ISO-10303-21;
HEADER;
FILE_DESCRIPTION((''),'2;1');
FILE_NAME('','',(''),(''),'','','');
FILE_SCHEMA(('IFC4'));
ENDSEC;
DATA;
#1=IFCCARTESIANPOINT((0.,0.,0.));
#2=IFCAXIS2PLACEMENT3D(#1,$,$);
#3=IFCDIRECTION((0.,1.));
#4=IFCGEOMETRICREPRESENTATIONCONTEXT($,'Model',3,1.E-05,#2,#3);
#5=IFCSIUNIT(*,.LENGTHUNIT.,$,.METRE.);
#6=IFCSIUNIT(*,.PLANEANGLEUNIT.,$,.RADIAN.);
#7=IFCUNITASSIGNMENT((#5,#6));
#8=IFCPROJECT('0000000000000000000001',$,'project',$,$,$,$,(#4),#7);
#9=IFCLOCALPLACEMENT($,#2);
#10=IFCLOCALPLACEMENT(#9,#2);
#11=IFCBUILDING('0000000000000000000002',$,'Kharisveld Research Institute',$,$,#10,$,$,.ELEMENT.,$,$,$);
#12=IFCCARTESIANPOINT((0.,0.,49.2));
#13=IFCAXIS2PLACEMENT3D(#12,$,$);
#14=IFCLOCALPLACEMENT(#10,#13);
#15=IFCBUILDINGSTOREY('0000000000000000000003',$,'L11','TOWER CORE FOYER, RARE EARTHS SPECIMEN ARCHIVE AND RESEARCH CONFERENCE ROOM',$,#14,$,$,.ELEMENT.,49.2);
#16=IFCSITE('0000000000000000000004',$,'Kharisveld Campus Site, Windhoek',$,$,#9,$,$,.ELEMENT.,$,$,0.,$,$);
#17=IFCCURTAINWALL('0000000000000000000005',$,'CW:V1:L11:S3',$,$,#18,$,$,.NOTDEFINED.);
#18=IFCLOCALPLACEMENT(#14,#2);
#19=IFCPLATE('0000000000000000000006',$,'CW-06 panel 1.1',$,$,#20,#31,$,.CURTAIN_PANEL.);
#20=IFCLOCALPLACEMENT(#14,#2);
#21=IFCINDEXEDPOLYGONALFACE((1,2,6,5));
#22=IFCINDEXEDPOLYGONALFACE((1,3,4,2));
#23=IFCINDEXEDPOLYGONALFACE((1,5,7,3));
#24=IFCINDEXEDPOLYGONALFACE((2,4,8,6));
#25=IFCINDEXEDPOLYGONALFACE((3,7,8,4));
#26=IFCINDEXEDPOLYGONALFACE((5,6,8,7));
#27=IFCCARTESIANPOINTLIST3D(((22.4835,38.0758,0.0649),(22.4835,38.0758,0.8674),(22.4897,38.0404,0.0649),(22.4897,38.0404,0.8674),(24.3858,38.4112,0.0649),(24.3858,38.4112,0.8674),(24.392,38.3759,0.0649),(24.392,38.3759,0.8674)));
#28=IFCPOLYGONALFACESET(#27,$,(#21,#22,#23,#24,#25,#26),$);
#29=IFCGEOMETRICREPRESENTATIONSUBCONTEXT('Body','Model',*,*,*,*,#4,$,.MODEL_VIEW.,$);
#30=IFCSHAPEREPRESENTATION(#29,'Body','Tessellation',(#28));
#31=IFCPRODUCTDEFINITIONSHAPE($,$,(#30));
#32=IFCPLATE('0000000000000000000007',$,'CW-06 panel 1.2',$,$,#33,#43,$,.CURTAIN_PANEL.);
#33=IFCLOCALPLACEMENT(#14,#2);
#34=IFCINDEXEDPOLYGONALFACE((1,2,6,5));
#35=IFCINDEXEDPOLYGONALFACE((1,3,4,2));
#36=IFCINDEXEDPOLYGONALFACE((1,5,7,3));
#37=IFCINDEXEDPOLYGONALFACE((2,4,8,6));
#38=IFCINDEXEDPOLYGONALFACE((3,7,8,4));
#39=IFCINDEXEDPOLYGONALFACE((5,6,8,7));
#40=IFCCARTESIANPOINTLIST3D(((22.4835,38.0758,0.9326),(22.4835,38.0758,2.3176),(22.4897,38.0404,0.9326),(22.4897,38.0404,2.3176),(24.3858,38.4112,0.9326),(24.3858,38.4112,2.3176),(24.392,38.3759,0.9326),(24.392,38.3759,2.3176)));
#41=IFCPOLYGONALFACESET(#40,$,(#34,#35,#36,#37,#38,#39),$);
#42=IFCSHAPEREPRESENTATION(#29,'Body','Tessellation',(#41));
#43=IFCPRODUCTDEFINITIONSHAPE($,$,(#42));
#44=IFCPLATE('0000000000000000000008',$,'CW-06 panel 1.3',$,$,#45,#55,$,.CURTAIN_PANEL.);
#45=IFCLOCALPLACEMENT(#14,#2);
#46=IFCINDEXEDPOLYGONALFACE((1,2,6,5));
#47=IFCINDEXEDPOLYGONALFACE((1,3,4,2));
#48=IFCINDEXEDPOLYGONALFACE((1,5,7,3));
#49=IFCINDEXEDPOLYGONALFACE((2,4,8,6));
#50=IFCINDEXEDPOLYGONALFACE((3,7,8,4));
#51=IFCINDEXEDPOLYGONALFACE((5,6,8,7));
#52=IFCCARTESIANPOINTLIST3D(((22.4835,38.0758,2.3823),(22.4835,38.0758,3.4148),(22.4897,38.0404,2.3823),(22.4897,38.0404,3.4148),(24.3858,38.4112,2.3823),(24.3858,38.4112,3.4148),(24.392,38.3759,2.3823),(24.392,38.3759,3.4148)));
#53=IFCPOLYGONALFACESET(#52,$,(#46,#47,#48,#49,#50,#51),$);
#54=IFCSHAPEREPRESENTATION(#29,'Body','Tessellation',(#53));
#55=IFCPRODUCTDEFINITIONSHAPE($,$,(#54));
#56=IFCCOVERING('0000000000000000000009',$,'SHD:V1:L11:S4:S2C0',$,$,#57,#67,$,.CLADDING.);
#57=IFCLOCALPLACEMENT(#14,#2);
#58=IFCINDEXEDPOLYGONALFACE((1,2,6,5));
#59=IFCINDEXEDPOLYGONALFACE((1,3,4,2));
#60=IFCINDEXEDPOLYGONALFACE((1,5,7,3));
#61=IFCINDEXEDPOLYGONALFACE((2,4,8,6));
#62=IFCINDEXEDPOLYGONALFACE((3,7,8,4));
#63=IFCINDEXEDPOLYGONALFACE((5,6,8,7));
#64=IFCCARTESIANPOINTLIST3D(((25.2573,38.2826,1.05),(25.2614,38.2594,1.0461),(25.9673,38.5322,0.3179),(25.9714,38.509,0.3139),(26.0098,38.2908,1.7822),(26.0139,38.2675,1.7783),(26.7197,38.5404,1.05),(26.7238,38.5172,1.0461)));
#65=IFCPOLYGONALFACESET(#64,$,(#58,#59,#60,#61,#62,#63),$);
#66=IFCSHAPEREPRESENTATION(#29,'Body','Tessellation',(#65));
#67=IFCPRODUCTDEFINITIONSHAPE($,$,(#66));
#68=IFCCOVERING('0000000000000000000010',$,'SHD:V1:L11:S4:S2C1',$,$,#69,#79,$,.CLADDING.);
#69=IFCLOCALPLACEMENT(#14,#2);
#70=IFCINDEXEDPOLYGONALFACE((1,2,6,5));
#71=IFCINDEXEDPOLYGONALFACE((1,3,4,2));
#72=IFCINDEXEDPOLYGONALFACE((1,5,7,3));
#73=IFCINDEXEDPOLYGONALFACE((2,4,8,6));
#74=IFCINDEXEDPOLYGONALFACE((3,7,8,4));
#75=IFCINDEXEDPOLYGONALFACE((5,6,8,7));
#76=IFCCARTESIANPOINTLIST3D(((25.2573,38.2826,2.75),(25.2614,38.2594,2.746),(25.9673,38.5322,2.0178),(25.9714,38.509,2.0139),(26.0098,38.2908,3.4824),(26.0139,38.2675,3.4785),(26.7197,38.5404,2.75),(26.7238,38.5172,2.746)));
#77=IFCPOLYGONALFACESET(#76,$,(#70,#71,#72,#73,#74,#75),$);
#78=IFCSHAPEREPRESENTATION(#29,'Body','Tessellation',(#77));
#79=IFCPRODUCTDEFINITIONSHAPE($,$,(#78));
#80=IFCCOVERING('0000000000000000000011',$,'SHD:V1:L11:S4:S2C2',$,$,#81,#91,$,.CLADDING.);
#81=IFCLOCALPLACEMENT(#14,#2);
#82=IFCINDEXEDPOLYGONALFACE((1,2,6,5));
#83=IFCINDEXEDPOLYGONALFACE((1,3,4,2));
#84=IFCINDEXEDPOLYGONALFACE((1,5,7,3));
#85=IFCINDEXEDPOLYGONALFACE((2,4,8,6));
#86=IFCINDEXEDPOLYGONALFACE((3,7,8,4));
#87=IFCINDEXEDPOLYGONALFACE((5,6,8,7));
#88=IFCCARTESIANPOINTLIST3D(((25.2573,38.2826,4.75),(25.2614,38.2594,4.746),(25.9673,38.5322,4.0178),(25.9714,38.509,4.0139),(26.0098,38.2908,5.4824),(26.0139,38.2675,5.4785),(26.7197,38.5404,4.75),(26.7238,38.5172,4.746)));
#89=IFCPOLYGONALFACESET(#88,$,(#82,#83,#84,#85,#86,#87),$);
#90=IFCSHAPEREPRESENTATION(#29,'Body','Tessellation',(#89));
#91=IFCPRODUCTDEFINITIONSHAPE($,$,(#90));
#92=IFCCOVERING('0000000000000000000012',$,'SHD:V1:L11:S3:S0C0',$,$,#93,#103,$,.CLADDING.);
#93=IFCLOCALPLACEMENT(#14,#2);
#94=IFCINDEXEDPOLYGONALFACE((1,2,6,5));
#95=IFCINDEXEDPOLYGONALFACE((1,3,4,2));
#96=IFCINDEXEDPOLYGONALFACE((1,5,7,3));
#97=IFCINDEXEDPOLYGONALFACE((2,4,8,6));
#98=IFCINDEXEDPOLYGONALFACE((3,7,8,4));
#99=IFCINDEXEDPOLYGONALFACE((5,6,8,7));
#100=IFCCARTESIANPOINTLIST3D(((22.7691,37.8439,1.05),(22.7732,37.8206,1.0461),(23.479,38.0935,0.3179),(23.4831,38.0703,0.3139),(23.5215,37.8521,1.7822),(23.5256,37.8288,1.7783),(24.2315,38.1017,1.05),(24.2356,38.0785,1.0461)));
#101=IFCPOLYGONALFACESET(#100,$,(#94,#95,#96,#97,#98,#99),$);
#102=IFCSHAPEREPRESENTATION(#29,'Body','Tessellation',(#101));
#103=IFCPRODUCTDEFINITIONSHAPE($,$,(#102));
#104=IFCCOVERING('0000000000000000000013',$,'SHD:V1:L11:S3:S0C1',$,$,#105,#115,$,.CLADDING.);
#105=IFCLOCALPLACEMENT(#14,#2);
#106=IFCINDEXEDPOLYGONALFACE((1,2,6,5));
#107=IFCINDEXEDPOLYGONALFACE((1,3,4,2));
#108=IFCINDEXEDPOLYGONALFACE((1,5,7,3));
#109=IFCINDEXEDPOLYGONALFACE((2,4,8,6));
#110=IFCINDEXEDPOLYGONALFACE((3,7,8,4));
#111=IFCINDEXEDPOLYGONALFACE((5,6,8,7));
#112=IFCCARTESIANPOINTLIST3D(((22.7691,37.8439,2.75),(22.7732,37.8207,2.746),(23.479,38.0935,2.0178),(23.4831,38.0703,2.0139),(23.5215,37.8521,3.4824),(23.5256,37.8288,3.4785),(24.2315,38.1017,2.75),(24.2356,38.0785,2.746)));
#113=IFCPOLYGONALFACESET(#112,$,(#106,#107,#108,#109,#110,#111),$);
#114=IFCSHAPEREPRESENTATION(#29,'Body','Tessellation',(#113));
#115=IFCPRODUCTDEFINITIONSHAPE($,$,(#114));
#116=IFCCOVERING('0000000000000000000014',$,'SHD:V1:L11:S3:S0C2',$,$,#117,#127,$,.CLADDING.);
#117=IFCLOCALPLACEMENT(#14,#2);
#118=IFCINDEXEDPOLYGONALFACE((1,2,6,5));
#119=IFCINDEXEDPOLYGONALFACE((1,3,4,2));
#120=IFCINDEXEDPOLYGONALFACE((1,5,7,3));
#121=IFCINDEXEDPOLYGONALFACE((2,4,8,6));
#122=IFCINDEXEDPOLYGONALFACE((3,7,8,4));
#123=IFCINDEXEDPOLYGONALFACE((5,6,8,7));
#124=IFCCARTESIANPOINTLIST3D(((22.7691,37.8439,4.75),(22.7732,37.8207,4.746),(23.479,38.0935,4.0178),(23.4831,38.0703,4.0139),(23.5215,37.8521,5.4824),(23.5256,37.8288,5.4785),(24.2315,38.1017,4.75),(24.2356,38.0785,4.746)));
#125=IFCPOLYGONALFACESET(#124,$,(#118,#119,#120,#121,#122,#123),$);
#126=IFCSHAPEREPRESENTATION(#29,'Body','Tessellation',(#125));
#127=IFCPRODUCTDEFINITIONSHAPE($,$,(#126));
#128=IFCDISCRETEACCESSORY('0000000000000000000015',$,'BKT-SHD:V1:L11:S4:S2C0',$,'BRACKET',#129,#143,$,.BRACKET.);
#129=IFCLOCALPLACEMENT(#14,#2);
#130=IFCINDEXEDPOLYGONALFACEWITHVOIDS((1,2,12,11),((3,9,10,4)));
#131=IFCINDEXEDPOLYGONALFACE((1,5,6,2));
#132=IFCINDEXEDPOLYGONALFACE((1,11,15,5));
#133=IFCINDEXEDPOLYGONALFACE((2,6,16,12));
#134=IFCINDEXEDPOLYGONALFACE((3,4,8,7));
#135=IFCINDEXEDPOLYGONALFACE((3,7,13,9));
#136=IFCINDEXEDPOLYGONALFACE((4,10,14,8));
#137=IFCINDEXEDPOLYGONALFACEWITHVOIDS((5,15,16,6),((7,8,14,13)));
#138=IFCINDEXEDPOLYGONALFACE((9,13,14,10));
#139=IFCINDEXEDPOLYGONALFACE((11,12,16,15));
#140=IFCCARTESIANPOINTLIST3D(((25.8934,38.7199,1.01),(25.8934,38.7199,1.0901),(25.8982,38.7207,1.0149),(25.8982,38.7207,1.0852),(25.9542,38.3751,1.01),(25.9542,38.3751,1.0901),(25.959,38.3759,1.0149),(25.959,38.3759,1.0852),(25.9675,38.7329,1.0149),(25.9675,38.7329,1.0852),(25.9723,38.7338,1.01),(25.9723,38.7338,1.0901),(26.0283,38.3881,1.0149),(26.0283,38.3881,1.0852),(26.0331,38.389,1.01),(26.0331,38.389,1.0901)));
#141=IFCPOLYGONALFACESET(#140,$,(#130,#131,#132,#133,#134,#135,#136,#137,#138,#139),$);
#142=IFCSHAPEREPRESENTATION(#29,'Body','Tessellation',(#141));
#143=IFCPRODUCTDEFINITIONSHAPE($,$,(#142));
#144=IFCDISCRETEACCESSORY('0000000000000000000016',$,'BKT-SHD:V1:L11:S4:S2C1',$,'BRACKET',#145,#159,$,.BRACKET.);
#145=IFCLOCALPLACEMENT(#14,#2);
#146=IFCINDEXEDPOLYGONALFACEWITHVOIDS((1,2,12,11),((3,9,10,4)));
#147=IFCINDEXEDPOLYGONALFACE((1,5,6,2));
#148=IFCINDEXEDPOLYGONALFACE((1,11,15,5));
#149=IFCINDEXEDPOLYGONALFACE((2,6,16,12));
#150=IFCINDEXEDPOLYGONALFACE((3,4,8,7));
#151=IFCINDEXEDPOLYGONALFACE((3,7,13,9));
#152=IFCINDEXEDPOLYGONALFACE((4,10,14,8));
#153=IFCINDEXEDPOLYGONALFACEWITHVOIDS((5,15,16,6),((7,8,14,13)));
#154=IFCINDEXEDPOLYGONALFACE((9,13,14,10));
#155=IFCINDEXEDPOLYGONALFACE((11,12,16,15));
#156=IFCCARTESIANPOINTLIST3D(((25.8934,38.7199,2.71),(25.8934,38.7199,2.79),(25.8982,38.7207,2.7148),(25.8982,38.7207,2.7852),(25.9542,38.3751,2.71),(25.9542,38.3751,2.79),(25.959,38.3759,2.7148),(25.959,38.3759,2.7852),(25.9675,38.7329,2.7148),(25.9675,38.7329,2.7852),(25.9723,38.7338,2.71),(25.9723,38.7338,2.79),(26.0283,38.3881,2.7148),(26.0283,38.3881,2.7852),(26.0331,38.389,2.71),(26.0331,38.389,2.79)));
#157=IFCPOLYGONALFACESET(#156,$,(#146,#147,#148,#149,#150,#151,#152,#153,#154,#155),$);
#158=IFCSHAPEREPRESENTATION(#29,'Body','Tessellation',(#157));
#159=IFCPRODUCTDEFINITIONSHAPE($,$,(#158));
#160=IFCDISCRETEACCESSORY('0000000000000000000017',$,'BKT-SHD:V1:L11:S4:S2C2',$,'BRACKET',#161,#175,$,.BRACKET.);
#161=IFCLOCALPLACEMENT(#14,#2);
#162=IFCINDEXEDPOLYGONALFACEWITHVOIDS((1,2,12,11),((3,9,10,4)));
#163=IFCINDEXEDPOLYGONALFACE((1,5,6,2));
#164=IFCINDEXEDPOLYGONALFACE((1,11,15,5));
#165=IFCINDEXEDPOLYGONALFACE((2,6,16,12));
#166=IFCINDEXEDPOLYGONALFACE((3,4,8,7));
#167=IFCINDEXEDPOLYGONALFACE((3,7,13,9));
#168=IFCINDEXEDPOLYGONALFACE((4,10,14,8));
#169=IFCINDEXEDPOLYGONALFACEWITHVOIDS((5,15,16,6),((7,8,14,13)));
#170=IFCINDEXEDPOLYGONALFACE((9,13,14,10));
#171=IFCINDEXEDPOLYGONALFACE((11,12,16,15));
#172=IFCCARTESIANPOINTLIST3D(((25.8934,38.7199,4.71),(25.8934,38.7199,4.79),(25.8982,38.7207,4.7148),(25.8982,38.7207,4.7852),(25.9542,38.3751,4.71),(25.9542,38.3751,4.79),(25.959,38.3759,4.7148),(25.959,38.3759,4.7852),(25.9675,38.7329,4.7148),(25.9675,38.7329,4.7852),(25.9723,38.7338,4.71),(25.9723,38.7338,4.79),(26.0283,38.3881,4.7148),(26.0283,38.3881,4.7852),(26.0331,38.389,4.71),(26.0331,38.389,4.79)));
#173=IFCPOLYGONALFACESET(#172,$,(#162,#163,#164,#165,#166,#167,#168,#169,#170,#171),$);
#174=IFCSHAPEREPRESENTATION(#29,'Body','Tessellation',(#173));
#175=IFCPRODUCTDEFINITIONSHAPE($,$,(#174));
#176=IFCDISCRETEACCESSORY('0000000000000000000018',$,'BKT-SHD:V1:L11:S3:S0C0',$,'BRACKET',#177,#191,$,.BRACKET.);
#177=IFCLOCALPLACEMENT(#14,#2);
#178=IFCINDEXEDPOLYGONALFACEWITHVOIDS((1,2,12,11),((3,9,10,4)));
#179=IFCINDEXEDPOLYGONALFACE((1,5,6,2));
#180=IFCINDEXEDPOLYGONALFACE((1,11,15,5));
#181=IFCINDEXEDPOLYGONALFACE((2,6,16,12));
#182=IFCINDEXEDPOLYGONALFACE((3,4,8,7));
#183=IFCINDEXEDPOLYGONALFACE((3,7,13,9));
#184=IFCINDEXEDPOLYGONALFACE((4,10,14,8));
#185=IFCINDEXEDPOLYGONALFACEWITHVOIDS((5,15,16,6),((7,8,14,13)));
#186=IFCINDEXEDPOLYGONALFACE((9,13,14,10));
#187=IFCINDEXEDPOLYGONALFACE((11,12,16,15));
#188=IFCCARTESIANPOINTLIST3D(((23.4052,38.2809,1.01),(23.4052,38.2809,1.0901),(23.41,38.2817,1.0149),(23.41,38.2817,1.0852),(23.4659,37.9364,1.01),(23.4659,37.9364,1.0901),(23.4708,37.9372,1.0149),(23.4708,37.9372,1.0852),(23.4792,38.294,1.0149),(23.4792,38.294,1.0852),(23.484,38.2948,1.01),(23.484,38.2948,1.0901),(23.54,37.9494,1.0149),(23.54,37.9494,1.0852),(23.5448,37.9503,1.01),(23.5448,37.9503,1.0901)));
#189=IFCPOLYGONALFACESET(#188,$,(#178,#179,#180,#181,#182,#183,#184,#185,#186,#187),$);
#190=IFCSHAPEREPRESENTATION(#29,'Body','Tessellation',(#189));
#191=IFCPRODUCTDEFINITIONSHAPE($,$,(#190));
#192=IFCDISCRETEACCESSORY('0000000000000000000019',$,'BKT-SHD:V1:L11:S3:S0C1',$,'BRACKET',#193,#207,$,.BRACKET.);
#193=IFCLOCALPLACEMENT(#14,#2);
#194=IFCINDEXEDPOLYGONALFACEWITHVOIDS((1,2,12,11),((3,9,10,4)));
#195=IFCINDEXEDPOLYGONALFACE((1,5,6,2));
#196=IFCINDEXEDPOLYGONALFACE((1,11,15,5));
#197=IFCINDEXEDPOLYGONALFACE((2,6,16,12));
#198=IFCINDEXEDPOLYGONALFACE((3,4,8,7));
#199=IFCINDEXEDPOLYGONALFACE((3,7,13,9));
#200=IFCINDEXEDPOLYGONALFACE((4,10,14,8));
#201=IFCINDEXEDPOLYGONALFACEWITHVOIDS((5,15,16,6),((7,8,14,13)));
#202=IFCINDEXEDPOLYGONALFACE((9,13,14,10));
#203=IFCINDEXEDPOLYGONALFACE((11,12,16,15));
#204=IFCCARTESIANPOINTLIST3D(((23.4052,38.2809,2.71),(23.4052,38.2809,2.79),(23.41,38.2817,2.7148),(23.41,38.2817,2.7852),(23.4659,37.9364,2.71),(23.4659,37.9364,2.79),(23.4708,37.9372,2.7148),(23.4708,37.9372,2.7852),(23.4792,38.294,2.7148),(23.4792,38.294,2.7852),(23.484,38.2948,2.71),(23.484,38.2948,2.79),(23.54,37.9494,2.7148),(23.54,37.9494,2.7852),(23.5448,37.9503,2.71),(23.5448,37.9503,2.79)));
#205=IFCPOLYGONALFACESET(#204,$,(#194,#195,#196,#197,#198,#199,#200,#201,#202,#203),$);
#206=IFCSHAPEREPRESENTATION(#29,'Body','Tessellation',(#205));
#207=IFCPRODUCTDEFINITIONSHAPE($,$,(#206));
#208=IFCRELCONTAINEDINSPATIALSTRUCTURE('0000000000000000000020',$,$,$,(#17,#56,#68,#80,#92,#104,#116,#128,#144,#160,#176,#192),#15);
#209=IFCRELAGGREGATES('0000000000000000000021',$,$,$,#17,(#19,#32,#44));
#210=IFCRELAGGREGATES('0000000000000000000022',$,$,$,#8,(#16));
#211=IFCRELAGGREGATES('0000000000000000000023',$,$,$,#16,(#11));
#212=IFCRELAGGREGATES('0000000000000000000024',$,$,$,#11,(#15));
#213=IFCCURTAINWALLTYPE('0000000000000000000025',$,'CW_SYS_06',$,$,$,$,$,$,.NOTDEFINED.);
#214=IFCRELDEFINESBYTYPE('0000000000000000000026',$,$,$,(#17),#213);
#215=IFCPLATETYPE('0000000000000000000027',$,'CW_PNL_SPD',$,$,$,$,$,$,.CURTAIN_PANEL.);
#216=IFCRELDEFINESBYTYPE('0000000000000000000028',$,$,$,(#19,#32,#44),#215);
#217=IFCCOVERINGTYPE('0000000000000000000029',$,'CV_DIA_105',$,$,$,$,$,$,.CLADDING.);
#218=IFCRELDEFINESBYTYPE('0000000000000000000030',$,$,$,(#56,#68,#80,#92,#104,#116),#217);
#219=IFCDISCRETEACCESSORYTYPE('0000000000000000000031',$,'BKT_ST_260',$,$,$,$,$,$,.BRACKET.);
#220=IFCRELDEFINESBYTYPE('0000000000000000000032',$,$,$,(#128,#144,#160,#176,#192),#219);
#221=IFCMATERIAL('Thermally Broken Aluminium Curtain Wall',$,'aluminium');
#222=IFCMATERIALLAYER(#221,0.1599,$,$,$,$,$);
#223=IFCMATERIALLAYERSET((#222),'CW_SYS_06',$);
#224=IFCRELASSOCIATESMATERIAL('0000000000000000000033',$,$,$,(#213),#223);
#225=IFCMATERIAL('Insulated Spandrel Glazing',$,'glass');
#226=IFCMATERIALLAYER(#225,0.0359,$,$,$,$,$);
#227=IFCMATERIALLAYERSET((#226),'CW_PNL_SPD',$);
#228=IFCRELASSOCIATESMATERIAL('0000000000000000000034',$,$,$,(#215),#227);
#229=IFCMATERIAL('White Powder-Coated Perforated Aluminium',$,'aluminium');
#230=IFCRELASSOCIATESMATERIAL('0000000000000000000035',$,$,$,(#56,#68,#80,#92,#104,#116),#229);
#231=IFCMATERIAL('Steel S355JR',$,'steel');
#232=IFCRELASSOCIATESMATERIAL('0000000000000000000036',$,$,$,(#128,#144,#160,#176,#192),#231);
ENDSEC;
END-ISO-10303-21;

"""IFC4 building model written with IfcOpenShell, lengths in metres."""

from ifc_helpers import new_model, si_unit, direction, frame, origin, origin_2d, place, context, subcontext, project, spatial, polyline, rectangle, hollow_rectangle, outline, extrude, material, layer, layer_set, type_object, element, aggregate, save


model = new_model("IFC4")

# Units and contexts
model_context = context("Model", 3, precision=1e-05, world=origin(), true_north=direction((0.0, 1.0)))
body_context = subcontext(model_context, "Body", "Model", "MODEL_VIEW")
ifc_project = project(units=[si_unit("LENGTHUNIT", "METRE"), si_unit("PLANEANGLEUNIT", "RADIAN")], contexts=[model_context])

# Site, building, storey
site_placement = place(None, origin())
site = spatial("IfcSite", under=ifc_project, at=site_placement, Name="Kharisveld Campus Site, Windhoek", CompositionType="ELEMENT", RefElevation=0.0)
building_placement = place(site_placement, origin())
building = spatial("IfcBuilding", under=site, at=building_placement, Name="Kharisveld Research Institute", CompositionType="ELEMENT")
storey_placement = place(building_placement, frame((0.0, 0.0, 49.2)))
storey = spatial("IfcBuildingStorey", under=building, at=storey_placement, Name="L11", Description="TOWER CORE FOYER, RARE EARTHS SPECIMEN ARCHIVE AND RESEARCH CONFERENCE ROOM", CompositionType="ELEMENT", Elevation=49.2)

# Curtain wall, plates
ifc_material_1 = material(Name="Thermally Broken Aluminium Curtain Wall", Category="aluminium")
ifc_layer_1 = layer(ifc_material_1, 0.1599)
ifc_layer_set_1 = layer_set([ifc_layer_1], Name="CW_SYS_06")
curtain_wall_type = type_object("IfcCurtainWallType", Name="CW_SYS_06", PredefinedType="NOTDEFINED", material=ifc_layer_set_1)
curtain_wall_placement = place(storey_placement, origin())
curtain_wall = element("IfcCurtainWall", 1, at=curtain_wall_placement, inside=storey, type_object=curtain_wall_type, Name="CW:V1:L11:S3", PredefinedType="NOTDEFINED")
ifc_material_2 = material(Name="Insulated Spandrel Glazing", Category="glass")
ifc_layer_2 = layer(ifc_material_2, 0.0359)
ifc_layer_set_2 = layer_set([ifc_layer_2], Name="CW_PNL_SPD")
plate_type = type_object("IfcPlateType", Name="CW_PNL_SPD", PredefinedType="CURTAIN_PANEL", material=ifc_layer_set_2)
plate_1_placement = place(storey_placement, frame((23.4377, 38.2258, 0.0649), z_axis=(0.0, 0.0, 1.0), x_axis=(-0.984808, -0.173648, 0.0)))
plate_1 = element("IfcPlate", 2, at=plate_1_placement, type_object=plate_type, Name="CW-06 panel 1.1", PredefinedType="CURTAIN_PANEL", context=body_context, shape_type="SweptSolid", body=[
    extrude(rectangle(XDim=1.9316, YDim=0.0359, at=origin_2d()), origin(), (0.0, 0.0, 1.0), 0.8025),
])
plate_2_placement = place(storey_placement, frame((23.4377, 38.2258, 0.9326), z_axis=(0.0, 0.0, 1.0), x_axis=(-0.984808, -0.173648, 0.0)))
plate_2 = element("IfcPlate", 3, at=plate_2_placement, type_object=plate_type, Name="CW-06 panel 1.2", PredefinedType="CURTAIN_PANEL", context=body_context, shape_type="SweptSolid", body=[
    extrude(rectangle(XDim=1.9316, YDim=0.0359, at=origin_2d()), origin(), (0.0, 0.0, 1.0), 1.385),
])
plate_3_placement = place(storey_placement, frame((23.4377, 38.2258, 2.3823), z_axis=(0.0, 0.0, 1.0), x_axis=(-0.984808, -0.173648, 0.0)))
plate_3 = element("IfcPlate", 4, at=plate_3_placement, type_object=plate_type, Name="CW-06 panel 1.3", PredefinedType="CURTAIN_PANEL", context=body_context, shape_type="SweptSolid", body=[
    extrude(rectangle(XDim=1.9316, YDim=0.0359, at=origin_2d()), origin(), (0.0, 0.0, 1.0), 1.0325),
])
aggregate(curtain_wall, [plate_1, plate_2, plate_3])

# Coverings
ifc_material_3 = material(Name="White Powder-Coated Perforated Aluminium", Category="aluminium")
covering_type = type_object("IfcCoveringType", Name="CV_DIA_105", PredefinedType="CLADDING")
covering_1_placement = place(storey_placement, frame((25.9673, 38.5322, 0.3179), z_axis=(-0.171233, 0.971295, 0.165123), x_axis=(-0.676169, -0.237752, 0.69733)))
element("IfcCovering", 5, at=covering_1_placement, inside=storey, type_object=covering_type, material=ifc_material_3, Name="SHD:V1:L11:S4:S2C0", PredefinedType="CLADDING", context=body_context, shape_type="SweptSolid", body=[
    extrude(outline(polyline([(0.0, 0.0), (1.0499, 0.0), (1.0498, 1.0499), (-0.0002, 1.0499), (0.0, 0.0)])), origin(), (0.0, 0.0, -1.0), 0.0239),
])
for number, where, z_axis, x_axis, name in (
    (6, (25.9673, 38.5322, 2.0178), (-0.171234, 0.971299, 0.165096), (-0.676173, -0.237734, 0.697333), "SHD:V1:L11:S4:S2C1"),
    (7, (25.9673, 38.5322, 4.0178), (-0.171234, 0.971299, 0.165096), (-0.676173, -0.237734, 0.697333), "SHD:V1:L11:S4:S2C2"),
):
    element("IfcCovering", number, at=place(storey_placement, frame(where, z_axis=z_axis, x_axis=x_axis)), inside=storey, type_object=covering_type, material=ifc_material_3, Name=name, PredefinedType="CLADDING", context=body_context, shape_type="SweptSolid", body=[
        extrude(outline(polyline([(0.0, 0.0), (1.0499, 0.0), (1.05, 1.0501), (-0.0002, 1.0499), (0.0, 0.0)])), origin(), (0.0, 0.0, -1.0), 0.0239),
    ])
covering_2_placement = place(storey_placement, frame((23.479, 38.0935, 0.3179), z_axis=(-0.171233, 0.971295, 0.165123), x_axis=(-0.676169, -0.237752, 0.69733)))
element("IfcCovering", 8, at=covering_2_placement, inside=storey, type_object=covering_type, material=ifc_material_3, Name="SHD:V1:L11:S3:S0C0", PredefinedType="CLADDING", context=body_context, shape_type="SweptSolid", body=[
    extrude(outline(polyline([(0.0, 0.0), (1.0499, 0.0), (1.0498, 1.0499), (-0.0002, 1.0499), (0.0, 0.0)])), origin(), (0.0, 0.0, -1.0), 0.0239),
])
for number, where, z_axis, x_axis, name in (
    (9, (23.479, 38.0935, 2.0178), (-0.171234, 0.971299, 0.165096), (-0.676173, -0.237734, 0.697333), "SHD:V1:L11:S3:S0C1"),
    (10, (23.479, 38.0935, 4.0178), (-0.171234, 0.971299, 0.165096), (-0.676173, -0.237734, 0.697333), "SHD:V1:L11:S3:S0C2"),
):
    element("IfcCovering", number, at=place(storey_placement, frame(where, z_axis=z_axis, x_axis=x_axis)), inside=storey, type_object=covering_type, material=ifc_material_3, Name=name, PredefinedType="CLADDING", context=body_context, shape_type="SweptSolid", body=[
        extrude(outline(polyline([(0.0, 0.0), (1.0499, 0.0), (1.05, 1.0501), (-0.0002, 1.0499), (0.0, 0.0)])), origin(), (0.0, 0.0, -1.0), 0.0239),
    ])

# Discrete accessories
ifc_material_4 = material(Name="Steel S355JR", Category="steel")
discrete_accessory_type = type_object("IfcDiscreteAccessoryType", Name="BKT_ST_260", PredefinedType="BRACKET")
for number, where, z_axis, x_axis, name in (
    (11, (25.9329, 38.7268, 1.05), (0.173666, -0.984805, 0.0), (0.984805, 0.173666, 0.0), "BKT-SHD:V1:L11:S4:S2C0"),
    (12, (25.9329, 38.7268, 2.75), (0.173666, -0.984805, 0.0), (0.984805, 0.173666, 0.0), "BKT-SHD:V1:L11:S4:S2C1"),
    (13, (25.9329, 38.7268, 4.75), (0.173666, -0.984805, 0.0), (0.984805, 0.173666, 0.0), "BKT-SHD:V1:L11:S4:S2C2"),
):
    element("IfcDiscreteAccessory", number, at=place(storey_placement, frame(where, z_axis=z_axis, x_axis=x_axis)), inside=storey, type_object=discrete_accessory_type, material=ifc_material_4, Name=name, ObjectType="BRACKET", PredefinedType="BRACKET", context=body_context, shape_type="SweptSolid", body=[
        extrude(hollow_rectangle(XDim=0.0801, YDim=0.0801, WallThickness=0.0049, at=origin_2d()), origin(), (0.0, 0.0, 1.0), 0.3501),
    ])
for number, where, z_axis, x_axis, name in (
    (14, (23.4446, 38.2878, 1.05), (0.173785, -0.984784, 0.0), (0.984784, 0.173785, 0.0), "BKT-SHD:V1:L11:S3:S0C0"),
    (15, (23.4446, 38.2878, 2.75), (0.173785, -0.984784, 0.0), (0.984784, 0.173785, 0.0), "BKT-SHD:V1:L11:S3:S0C1"),
):
    element("IfcDiscreteAccessory", number, at=place(storey_placement, frame(where, z_axis=z_axis, x_axis=x_axis)), inside=storey, type_object=discrete_accessory_type, material=ifc_material_4, Name=name, ObjectType="BRACKET", PredefinedType="BRACKET", context=body_context, shape_type="SweptSolid", body=[
        extrude(hollow_rectangle(XDim=0.0801, YDim=0.0801, WallThickness=0.0049, at=origin_2d()), origin(), (0.0, 0.0, 1.0), 0.3499),
    ])

save(model, "model.ifc")
